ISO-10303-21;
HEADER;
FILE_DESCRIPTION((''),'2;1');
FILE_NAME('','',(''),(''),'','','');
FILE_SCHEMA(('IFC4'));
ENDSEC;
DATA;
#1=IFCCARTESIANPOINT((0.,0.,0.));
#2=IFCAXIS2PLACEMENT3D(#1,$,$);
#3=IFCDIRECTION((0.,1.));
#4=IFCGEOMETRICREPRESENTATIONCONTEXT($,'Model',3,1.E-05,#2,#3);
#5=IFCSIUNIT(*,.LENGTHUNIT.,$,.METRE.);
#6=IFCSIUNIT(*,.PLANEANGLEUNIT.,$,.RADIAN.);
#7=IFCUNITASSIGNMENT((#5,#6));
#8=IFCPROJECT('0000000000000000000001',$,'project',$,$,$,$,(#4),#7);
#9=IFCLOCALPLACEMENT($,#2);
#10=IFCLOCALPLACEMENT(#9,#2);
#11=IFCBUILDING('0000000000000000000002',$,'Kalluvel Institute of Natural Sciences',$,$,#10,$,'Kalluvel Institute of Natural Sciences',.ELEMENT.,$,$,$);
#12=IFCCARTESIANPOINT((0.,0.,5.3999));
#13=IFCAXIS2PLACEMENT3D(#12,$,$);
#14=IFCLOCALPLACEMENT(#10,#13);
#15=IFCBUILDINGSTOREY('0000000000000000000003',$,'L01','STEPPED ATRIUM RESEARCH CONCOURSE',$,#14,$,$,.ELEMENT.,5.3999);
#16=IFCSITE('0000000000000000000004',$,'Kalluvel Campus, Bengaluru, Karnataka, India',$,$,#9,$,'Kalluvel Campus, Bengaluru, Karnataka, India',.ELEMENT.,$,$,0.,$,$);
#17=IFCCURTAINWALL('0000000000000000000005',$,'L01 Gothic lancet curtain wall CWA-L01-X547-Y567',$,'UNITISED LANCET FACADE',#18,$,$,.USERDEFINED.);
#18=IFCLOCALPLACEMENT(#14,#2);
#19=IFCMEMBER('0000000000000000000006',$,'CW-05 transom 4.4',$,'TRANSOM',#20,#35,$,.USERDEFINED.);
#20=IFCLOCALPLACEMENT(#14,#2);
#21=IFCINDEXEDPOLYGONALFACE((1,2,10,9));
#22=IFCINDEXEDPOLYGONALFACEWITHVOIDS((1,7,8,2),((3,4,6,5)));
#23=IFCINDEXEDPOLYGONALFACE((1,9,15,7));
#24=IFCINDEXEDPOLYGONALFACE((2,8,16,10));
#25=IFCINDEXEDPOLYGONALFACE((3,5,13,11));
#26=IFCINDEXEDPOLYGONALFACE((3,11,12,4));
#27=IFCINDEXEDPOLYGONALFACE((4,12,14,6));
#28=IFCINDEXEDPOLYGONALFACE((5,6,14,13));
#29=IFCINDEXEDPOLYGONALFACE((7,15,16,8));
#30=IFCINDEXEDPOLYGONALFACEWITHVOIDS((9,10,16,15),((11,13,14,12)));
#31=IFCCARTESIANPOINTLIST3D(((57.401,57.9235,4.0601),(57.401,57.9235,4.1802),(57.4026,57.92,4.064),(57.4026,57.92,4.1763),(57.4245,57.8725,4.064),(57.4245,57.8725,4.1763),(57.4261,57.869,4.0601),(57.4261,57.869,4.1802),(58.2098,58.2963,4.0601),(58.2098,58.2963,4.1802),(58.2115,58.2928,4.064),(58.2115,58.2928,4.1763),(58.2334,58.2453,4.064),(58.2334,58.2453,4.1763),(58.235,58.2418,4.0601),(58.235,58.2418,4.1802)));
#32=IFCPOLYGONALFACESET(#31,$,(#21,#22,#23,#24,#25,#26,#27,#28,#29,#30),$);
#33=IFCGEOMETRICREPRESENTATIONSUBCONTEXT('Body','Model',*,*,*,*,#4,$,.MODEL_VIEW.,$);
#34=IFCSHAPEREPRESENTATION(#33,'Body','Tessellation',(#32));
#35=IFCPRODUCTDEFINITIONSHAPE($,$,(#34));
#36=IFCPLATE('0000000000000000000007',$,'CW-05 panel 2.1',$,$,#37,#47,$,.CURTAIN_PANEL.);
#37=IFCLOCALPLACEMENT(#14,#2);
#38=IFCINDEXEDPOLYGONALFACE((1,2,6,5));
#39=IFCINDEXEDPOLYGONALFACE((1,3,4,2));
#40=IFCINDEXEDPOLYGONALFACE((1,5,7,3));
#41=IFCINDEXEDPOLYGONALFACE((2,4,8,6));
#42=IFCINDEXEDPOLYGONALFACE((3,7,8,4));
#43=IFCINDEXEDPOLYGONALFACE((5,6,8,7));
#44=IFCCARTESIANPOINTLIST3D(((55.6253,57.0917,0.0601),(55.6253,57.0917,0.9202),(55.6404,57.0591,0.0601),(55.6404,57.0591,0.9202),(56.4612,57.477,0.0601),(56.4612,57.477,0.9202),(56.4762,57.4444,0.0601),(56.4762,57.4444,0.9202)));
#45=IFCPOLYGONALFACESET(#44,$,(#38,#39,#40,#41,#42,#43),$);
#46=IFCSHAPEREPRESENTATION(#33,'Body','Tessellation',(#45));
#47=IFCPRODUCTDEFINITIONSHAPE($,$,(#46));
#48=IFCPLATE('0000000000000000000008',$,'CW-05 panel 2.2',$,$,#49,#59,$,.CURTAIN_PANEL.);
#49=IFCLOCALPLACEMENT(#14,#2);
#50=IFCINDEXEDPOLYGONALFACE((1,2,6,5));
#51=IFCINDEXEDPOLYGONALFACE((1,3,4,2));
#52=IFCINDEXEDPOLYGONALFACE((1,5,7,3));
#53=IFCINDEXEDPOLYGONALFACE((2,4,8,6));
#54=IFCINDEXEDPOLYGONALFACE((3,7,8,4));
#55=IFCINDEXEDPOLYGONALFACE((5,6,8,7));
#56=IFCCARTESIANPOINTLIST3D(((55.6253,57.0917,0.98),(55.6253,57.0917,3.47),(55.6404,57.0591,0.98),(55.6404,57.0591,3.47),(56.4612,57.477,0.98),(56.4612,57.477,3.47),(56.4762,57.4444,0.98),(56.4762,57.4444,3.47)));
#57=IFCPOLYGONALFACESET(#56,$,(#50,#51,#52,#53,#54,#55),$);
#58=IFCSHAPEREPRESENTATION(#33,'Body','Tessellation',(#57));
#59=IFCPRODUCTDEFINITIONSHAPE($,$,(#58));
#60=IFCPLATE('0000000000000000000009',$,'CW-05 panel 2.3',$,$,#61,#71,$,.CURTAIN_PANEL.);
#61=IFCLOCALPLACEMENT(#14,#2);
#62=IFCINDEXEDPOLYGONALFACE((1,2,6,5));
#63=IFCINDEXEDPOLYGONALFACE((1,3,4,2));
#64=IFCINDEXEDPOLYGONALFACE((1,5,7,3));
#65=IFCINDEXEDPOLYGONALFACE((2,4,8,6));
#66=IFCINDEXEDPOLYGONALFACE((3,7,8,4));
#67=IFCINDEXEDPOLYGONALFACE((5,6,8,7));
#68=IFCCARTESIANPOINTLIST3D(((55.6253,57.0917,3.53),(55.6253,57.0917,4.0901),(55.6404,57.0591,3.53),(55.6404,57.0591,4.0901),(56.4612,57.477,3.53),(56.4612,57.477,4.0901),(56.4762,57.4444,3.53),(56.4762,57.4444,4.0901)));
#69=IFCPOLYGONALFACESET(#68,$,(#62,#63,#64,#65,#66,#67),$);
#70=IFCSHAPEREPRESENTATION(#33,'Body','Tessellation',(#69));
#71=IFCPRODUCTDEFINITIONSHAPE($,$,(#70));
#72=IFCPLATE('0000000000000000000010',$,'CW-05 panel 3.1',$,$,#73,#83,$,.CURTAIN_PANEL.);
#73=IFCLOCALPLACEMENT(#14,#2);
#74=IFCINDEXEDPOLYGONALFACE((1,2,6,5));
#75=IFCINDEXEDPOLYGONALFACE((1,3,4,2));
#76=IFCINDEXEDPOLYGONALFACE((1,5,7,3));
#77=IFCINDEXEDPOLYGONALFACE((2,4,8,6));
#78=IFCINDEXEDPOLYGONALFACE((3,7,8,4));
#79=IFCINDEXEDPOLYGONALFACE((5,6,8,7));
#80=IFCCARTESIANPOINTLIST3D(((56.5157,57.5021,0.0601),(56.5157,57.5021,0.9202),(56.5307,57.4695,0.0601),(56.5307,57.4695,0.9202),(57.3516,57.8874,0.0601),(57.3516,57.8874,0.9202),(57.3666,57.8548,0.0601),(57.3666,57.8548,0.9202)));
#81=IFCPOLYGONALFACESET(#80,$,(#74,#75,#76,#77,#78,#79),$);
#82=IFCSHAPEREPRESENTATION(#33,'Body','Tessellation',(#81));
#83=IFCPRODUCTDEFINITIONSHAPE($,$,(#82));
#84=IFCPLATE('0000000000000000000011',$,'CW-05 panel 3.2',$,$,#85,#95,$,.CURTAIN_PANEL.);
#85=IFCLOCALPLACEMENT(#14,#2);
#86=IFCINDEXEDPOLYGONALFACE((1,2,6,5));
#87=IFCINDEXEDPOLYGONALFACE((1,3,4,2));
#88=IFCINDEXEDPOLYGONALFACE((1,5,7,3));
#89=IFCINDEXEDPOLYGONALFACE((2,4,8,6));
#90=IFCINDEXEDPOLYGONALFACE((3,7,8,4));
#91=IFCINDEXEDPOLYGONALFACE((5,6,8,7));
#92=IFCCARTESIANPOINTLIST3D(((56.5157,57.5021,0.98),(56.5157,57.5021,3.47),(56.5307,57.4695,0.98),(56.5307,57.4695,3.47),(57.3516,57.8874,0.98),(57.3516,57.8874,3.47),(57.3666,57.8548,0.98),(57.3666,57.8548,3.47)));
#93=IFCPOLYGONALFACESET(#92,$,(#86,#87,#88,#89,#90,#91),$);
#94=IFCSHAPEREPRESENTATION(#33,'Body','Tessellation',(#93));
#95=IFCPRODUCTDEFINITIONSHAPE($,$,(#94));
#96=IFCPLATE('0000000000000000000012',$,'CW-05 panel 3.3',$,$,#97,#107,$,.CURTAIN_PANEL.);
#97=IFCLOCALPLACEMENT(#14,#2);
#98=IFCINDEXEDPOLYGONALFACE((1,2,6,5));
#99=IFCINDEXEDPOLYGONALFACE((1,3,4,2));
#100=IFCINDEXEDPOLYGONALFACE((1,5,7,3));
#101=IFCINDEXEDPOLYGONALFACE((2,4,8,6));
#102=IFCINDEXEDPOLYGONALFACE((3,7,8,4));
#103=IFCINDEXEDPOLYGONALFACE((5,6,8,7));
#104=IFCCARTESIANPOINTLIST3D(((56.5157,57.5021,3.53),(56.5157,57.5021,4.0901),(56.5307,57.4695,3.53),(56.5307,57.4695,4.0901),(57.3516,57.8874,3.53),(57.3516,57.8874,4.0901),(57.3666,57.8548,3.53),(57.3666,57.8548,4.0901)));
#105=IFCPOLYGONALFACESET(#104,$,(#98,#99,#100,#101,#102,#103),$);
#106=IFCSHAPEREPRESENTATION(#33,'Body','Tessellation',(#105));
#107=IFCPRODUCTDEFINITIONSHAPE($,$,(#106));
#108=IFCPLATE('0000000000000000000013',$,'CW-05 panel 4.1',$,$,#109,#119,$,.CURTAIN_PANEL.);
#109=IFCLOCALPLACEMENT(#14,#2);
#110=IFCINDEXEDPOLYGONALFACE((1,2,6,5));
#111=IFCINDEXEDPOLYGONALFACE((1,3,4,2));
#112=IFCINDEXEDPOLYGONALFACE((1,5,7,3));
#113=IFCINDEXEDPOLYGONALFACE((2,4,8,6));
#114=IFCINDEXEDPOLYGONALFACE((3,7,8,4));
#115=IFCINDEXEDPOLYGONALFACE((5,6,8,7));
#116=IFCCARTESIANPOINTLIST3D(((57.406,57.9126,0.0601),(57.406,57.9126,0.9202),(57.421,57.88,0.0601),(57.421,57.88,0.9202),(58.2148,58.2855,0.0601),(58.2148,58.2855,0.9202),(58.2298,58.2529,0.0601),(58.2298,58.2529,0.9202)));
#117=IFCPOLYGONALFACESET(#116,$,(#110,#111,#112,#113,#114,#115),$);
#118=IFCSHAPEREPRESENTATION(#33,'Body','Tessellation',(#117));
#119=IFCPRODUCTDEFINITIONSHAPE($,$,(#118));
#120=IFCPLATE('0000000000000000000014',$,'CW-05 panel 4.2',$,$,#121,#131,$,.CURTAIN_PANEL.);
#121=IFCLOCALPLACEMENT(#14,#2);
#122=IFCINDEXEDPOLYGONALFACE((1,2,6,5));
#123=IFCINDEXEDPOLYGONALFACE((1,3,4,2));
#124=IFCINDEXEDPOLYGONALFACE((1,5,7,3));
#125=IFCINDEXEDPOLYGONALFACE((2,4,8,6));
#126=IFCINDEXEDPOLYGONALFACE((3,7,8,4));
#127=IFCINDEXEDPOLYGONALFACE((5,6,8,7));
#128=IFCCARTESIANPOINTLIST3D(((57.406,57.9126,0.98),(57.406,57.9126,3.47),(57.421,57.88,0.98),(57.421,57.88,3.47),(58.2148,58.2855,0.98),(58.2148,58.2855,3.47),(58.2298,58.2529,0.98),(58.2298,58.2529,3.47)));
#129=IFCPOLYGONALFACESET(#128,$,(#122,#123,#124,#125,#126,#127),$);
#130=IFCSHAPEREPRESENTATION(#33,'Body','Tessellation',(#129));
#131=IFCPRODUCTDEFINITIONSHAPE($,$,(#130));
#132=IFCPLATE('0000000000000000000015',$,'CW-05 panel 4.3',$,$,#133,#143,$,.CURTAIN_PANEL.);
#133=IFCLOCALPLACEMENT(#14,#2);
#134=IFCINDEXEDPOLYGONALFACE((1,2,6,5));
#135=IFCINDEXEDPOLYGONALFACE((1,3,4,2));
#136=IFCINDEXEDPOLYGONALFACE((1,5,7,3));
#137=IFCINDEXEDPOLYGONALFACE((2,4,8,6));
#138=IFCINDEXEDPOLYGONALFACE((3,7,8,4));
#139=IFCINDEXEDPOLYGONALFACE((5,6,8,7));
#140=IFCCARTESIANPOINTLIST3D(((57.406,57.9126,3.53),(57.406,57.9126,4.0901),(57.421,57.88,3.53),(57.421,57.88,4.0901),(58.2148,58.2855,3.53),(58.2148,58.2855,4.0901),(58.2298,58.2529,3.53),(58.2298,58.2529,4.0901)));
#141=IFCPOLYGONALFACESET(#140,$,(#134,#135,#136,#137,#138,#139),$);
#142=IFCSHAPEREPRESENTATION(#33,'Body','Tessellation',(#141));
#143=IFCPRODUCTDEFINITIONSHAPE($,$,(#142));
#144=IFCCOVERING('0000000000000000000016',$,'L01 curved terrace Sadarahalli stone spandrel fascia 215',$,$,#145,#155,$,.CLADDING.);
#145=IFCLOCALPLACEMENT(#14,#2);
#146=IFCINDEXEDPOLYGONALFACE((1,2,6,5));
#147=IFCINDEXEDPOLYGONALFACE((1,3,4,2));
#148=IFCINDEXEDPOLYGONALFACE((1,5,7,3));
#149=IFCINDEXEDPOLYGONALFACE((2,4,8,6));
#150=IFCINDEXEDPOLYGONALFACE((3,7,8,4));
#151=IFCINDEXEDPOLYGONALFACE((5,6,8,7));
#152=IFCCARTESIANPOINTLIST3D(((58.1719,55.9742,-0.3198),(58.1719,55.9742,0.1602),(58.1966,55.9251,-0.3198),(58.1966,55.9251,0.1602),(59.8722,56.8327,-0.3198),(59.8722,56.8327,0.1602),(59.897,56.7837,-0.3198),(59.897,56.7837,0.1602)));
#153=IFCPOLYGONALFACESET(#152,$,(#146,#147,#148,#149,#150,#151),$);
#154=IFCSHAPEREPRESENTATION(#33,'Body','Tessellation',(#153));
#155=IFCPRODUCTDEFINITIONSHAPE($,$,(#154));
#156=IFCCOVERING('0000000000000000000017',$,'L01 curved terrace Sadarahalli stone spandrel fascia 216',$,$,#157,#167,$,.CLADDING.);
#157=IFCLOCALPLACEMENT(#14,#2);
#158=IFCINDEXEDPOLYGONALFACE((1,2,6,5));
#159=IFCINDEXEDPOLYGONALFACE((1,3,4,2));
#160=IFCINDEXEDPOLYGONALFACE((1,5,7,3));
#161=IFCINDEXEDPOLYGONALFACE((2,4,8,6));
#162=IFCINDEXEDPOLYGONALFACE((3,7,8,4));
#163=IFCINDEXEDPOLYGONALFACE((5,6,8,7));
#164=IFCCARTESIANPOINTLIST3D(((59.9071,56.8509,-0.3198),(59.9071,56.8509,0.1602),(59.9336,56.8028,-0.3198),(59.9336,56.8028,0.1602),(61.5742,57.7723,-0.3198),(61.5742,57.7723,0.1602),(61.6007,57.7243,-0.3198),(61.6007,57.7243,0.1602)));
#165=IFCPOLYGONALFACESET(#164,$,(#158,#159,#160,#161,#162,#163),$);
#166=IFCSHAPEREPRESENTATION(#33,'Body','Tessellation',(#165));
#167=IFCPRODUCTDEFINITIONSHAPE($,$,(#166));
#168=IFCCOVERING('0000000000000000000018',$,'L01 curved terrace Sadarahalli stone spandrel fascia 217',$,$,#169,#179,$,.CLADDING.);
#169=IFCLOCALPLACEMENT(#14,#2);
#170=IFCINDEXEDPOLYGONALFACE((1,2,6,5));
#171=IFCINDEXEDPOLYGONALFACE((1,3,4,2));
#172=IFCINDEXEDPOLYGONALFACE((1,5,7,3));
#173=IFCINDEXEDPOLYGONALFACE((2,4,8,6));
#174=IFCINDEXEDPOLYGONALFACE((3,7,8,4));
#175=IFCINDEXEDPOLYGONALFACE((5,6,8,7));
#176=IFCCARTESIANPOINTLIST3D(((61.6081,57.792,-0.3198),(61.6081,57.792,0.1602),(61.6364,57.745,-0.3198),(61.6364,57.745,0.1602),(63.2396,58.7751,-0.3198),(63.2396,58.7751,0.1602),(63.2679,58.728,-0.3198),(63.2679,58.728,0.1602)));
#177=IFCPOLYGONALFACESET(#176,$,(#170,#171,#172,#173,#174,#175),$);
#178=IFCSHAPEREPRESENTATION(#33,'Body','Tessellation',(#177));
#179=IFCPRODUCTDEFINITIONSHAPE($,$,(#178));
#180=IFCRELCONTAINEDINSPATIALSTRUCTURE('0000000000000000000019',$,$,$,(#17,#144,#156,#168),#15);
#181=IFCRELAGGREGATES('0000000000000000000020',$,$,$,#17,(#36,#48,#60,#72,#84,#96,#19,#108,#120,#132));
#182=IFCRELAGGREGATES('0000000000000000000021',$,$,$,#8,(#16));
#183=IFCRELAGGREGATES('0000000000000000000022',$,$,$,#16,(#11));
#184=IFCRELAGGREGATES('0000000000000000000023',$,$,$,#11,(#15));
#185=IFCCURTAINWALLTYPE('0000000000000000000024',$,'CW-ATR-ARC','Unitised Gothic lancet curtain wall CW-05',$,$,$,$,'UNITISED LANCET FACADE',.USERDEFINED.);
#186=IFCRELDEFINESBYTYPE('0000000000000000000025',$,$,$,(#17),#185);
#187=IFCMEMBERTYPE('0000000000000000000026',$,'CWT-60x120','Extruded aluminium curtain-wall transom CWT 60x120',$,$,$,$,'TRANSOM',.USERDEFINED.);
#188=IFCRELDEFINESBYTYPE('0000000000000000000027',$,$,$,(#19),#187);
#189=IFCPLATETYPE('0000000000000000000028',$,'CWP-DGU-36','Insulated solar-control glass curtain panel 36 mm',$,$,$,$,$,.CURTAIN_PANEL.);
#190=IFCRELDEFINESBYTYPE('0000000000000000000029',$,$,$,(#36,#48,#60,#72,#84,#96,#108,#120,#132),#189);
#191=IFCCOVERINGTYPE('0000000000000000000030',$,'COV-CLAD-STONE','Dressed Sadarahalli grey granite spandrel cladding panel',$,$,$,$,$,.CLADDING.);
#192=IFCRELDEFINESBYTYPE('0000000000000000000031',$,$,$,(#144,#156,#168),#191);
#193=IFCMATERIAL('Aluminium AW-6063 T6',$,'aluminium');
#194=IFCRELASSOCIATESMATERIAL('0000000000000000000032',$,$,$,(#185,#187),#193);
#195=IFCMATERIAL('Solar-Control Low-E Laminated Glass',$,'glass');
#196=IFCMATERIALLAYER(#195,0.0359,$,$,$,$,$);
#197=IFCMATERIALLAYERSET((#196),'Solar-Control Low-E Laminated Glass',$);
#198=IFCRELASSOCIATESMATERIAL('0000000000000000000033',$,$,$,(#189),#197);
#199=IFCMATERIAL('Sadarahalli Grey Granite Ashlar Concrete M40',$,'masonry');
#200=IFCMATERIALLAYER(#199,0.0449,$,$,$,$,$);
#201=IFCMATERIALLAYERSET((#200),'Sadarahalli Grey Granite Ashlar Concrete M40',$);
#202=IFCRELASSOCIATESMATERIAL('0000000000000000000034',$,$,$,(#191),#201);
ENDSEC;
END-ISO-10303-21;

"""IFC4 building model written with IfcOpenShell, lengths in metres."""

from ifc_helpers import new_model, si_unit, direction, frame, origin, origin_2d, place, context, subcontext, project, spatial, rectangle, hollow_rectangle, extrude, material, layer, layer_set, material_profile, profile_set, type_object, element, aggregate, save


model = new_model("IFC4")

# Units and contexts
model_context = context("Model", 3, precision=1e-05, world=origin(), true_north=direction((0.0, 1.0)))
body_context = subcontext(model_context, "Body", "Model", "MODEL_VIEW")
ifc_project = project(units=[si_unit("LENGTHUNIT", "METRE"), si_unit("PLANEANGLEUNIT", "RADIAN")], contexts=[model_context])

# Site, building, storey
site_placement = place(None, origin())
site = spatial("IfcSite", under=ifc_project, at=site_placement, Name="Kalluvel Campus, Bengaluru, Karnataka, India", LongName="Kalluvel Campus, Bengaluru, Karnataka, India", CompositionType="ELEMENT", RefElevation=0.0)
building_placement = place(site_placement, origin())
building = spatial("IfcBuilding", under=site, at=building_placement, Name="Kalluvel Institute of Natural Sciences", LongName="Kalluvel Institute of Natural Sciences", CompositionType="ELEMENT")
storey_placement = place(building_placement, frame((0.0, 0.0, 5.3999)))
storey = spatial("IfcBuildingStorey", under=building, at=storey_placement, Name="L01", Description="STEPPED ATRIUM RESEARCH CONCOURSE", CompositionType="ELEMENT", Elevation=5.3999)

# Curtain wall, member, plates
ifc_material_1 = material(Name="Aluminium AW-6063 T6", Category="aluminium")
curtain_wall_type = type_object("IfcCurtainWallType", Name="CW-ATR-ARC", Description="Unitised Gothic lancet curtain wall CW-05", ElementType="UNITISED LANCET FACADE", PredefinedType="USERDEFINED", material=ifc_material_1)
curtain_wall_placement = place(storey_placement, origin())
curtain_wall = element("IfcCurtainWall", 1, at=curtain_wall_placement, inside=storey, type_object=curtain_wall_type, Name="L01 Gothic lancet curtain wall CWA-L01-X547-Y567", ObjectType="UNITISED LANCET FACADE", PredefinedType="USERDEFINED")
ifc_material_profile_1 = material_profile(ifc_material_1, hollow_rectangle(XDim=0.0601, YDim=0.1201, WallThickness=0.0039, at=origin_2d()), Name="CWT 60x120")
ifc_profile_set_1 = profile_set([ifc_material_profile_1], Name="Aluminium AW-6063 T6")
member_type_1 = type_object("IfcMemberType", Name="CWT-60x120", Description="Extruded aluminium curtain-wall transom CWT 60x120", ElementType="TRANSOM", PredefinedType="USERDEFINED", material=ifc_profile_set_1)
member_1_placement = place(storey_placement, frame((57.4136, 57.8962, 4.1201), z_axis=(0.908176, 0.418589, 0.0), x_axis=(-0.418589, 0.908176, 0.0)))
member_1 = element("IfcMember", 2, at=member_1_placement, type_object=member_type_1, Name="CW-05 transom 4.4", ObjectType="TRANSOM", PredefinedType="USERDEFINED", context=body_context, shape_type="SweptSolid", body=[
    extrude(hollow_rectangle(XDim=0.0601, YDim=0.1201, WallThickness=0.0039, at=origin_2d()), origin(), (0.0, 0.0, 1.0), 0.8906),
])
ifc_material_2 = material(Name="Solar-Control Low-E Laminated Glass", Category="glass")
ifc_layer_1 = layer(ifc_material_2, 0.0359)
ifc_layer_set_1 = layer_set([ifc_layer_1], Name="Solar-Control Low-E Laminated Glass")
plate_type = type_object("IfcPlateType", Name="CWP-DGU-36", Description="Insulated solar-control glass curtain panel 36 mm", PredefinedType="CURTAIN_PANEL", material=ifc_layer_set_1)
plate_1_placement = place(storey_placement, frame((56.0508, 57.2681, 0.0601), z_axis=(0.0, 0.0, 1.0), x_axis=(0.908144, 0.418657, 0.0)))
plate_1 = element("IfcPlate", 3, at=plate_1_placement, type_object=plate_type, Name="CW-05 panel 2.1", PredefinedType="CURTAIN_PANEL", context=body_context, shape_type="SweptSolid", body=[
    extrude(rectangle(XDim=0.9204, YDim=0.0359, at=origin_2d()), origin(), (0.0, 0.0, 1.0), 0.8601),
])
plate_2_placement = place(storey_placement, frame((56.0508, 57.2681, 0.98), z_axis=(0.0, 0.0, 1.0), x_axis=(0.908144, 0.418657, 0.0)))
plate_2 = element("IfcPlate", 4, at=plate_2_placement, type_object=plate_type, Name="CW-05 panel 2.2", PredefinedType="CURTAIN_PANEL", context=body_context, shape_type="SweptSolid", body=[
    extrude(rectangle(XDim=0.9204, YDim=0.0359, at=origin_2d()), origin(), (0.0, 0.0, 1.0), 2.49),
])
plate_3_placement = place(storey_placement, frame((56.0508, 57.2681, 3.53), z_axis=(0.0, 0.0, 1.0), x_axis=(0.908144, 0.418657, 0.0)))
plate_3 = element("IfcPlate", 5, at=plate_3_placement, type_object=plate_type, Name="CW-05 panel 2.3", PredefinedType="CURTAIN_PANEL", context=body_context, shape_type="SweptSolid", body=[
    extrude(rectangle(XDim=0.9204, YDim=0.0359, at=origin_2d()), origin(), (0.0, 0.0, 1.0), 0.5601),
])
plate_4_placement = place(storey_placement, frame((56.9412, 57.6785, 0.0601), z_axis=(0.0, 0.0, 1.0), x_axis=(0.908144, 0.418657, 0.0)))
plate_4 = element("IfcPlate", 6, at=plate_4_placement, type_object=plate_type, Name="CW-05 panel 3.1", PredefinedType="CURTAIN_PANEL", context=body_context, shape_type="SweptSolid", body=[
    extrude(rectangle(XDim=0.9204, YDim=0.0359, at=origin_2d()), origin(), (0.0, 0.0, 1.0), 0.8601),
])
plate_5_placement = place(storey_placement, frame((56.9412, 57.6785, 0.98), z_axis=(0.0, 0.0, 1.0), x_axis=(0.908144, 0.418657, 0.0)))
plate_5 = element("IfcPlate", 7, at=plate_5_placement, type_object=plate_type, Name="CW-05 panel 3.2", PredefinedType="CURTAIN_PANEL", context=body_context, shape_type="SweptSolid", body=[
    extrude(rectangle(XDim=0.9204, YDim=0.0359, at=origin_2d()), origin(), (0.0, 0.0, 1.0), 2.49),
])
plate_6_placement = place(storey_placement, frame((56.9412, 57.6785, 3.53), z_axis=(0.0, 0.0, 1.0), x_axis=(0.908144, 0.418657, 0.0)))
plate_6 = element("IfcPlate", 8, at=plate_6_placement, type_object=plate_type, Name="CW-05 panel 3.3", PredefinedType="CURTAIN_PANEL", context=body_context, shape_type="SweptSolid", body=[
    extrude(rectangle(XDim=0.9204, YDim=0.0359, at=origin_2d()), origin(), (0.0, 0.0, 1.0), 0.5601),
])
plate_7_placement = place(storey_placement, frame((57.8179, 58.0828, 0.0601), z_axis=(0.0, 0.0, 1.0), x_axis=(0.908144, 0.418657, 0.0)))
plate_7 = element("IfcPlate", 9, at=plate_7_placement, type_object=plate_type, Name="CW-05 panel 4.1", PredefinedType="CURTAIN_PANEL", context=body_context, shape_type="SweptSolid", body=[
    extrude(rectangle(XDim=0.8906, YDim=0.0359, at=origin_2d()), origin(), (0.0, 0.0, 1.0), 0.8601),
])
plate_8_placement = place(storey_placement, frame((57.8179, 58.0828, 0.98), z_axis=(0.0, 0.0, 1.0), x_axis=(0.908144, 0.418657, 0.0)))
plate_8 = element("IfcPlate", 10, at=plate_8_placement, type_object=plate_type, Name="CW-05 panel 4.2", PredefinedType="CURTAIN_PANEL", context=body_context, shape_type="SweptSolid", body=[
    extrude(rectangle(XDim=0.8906, YDim=0.0359, at=origin_2d()), origin(), (0.0, 0.0, 1.0), 2.49),
])
plate_9_placement = place(storey_placement, frame((57.8179, 58.0828, 3.53), z_axis=(0.0, 0.0, 1.0), x_axis=(0.908144, 0.418657, 0.0)))
plate_9 = element("IfcPlate", 11, at=plate_9_placement, type_object=plate_type, Name="CW-05 panel 4.3", PredefinedType="CURTAIN_PANEL", context=body_context, shape_type="SweptSolid", body=[
    extrude(rectangle(XDim=0.8906, YDim=0.0359, at=origin_2d()), origin(), (0.0, 0.0, 1.0), 0.5601),
])
aggregate(curtain_wall, [plate_1, plate_2, plate_3, plate_4, plate_5, plate_6, member_1, plate_7, plate_8, plate_9])

# Coverings
ifc_material_3 = material(Name="Sadarahalli Grey Granite Ashlar Concrete M40", Category="masonry")
ifc_layer_2 = layer(ifc_material_3, 0.0449)
ifc_layer_set_2 = layer_set([ifc_layer_2], Name="Sadarahalli Grey Granite Ashlar Concrete M40")
covering_type = type_object("IfcCoveringType", Name="COV-CLAD-STONE", Description="Dressed Sadarahalli grey granite spandrel cladding panel", PredefinedType="CLADDING", material=ifc_layer_set_2)
for number, where, z_axis, x_axis, name in (
    (12, (59.0344, 56.3789, -0.3198), (0.0, 0.0, 1.0), (0.892664, 0.450722, 0.0), "L01 curved terrace Sadarahalli stone spandrel fascia 215"),
    (13, (60.7539, 57.2876, -0.3198), (0.0, 0.0, 1.0), (0.875211, 0.483741, 0.0), "L01 curved terrace Sadarahalli stone spandrel fascia 216"),
    (14, (62.438, 58.26, -0.3198), (0.0, 0.0, 1.0), (0.856537, 0.516085, 0.0), "L01 curved terrace Sadarahalli stone spandrel fascia 217"),
):
    element("IfcCovering", number, at=place(storey_placement, frame(where, z_axis=z_axis, x_axis=x_axis)), inside=storey, type_object=covering_type, Name=name, PredefinedType="CLADDING", context=body_context, shape_type="SweptSolid", body=[
        extrude(rectangle(XDim=1.9048, YDim=0.0549, at=origin_2d()), origin(), (0.0, 0.0, 1.0), 0.48),
    ])

save(model, "model.ifc")
